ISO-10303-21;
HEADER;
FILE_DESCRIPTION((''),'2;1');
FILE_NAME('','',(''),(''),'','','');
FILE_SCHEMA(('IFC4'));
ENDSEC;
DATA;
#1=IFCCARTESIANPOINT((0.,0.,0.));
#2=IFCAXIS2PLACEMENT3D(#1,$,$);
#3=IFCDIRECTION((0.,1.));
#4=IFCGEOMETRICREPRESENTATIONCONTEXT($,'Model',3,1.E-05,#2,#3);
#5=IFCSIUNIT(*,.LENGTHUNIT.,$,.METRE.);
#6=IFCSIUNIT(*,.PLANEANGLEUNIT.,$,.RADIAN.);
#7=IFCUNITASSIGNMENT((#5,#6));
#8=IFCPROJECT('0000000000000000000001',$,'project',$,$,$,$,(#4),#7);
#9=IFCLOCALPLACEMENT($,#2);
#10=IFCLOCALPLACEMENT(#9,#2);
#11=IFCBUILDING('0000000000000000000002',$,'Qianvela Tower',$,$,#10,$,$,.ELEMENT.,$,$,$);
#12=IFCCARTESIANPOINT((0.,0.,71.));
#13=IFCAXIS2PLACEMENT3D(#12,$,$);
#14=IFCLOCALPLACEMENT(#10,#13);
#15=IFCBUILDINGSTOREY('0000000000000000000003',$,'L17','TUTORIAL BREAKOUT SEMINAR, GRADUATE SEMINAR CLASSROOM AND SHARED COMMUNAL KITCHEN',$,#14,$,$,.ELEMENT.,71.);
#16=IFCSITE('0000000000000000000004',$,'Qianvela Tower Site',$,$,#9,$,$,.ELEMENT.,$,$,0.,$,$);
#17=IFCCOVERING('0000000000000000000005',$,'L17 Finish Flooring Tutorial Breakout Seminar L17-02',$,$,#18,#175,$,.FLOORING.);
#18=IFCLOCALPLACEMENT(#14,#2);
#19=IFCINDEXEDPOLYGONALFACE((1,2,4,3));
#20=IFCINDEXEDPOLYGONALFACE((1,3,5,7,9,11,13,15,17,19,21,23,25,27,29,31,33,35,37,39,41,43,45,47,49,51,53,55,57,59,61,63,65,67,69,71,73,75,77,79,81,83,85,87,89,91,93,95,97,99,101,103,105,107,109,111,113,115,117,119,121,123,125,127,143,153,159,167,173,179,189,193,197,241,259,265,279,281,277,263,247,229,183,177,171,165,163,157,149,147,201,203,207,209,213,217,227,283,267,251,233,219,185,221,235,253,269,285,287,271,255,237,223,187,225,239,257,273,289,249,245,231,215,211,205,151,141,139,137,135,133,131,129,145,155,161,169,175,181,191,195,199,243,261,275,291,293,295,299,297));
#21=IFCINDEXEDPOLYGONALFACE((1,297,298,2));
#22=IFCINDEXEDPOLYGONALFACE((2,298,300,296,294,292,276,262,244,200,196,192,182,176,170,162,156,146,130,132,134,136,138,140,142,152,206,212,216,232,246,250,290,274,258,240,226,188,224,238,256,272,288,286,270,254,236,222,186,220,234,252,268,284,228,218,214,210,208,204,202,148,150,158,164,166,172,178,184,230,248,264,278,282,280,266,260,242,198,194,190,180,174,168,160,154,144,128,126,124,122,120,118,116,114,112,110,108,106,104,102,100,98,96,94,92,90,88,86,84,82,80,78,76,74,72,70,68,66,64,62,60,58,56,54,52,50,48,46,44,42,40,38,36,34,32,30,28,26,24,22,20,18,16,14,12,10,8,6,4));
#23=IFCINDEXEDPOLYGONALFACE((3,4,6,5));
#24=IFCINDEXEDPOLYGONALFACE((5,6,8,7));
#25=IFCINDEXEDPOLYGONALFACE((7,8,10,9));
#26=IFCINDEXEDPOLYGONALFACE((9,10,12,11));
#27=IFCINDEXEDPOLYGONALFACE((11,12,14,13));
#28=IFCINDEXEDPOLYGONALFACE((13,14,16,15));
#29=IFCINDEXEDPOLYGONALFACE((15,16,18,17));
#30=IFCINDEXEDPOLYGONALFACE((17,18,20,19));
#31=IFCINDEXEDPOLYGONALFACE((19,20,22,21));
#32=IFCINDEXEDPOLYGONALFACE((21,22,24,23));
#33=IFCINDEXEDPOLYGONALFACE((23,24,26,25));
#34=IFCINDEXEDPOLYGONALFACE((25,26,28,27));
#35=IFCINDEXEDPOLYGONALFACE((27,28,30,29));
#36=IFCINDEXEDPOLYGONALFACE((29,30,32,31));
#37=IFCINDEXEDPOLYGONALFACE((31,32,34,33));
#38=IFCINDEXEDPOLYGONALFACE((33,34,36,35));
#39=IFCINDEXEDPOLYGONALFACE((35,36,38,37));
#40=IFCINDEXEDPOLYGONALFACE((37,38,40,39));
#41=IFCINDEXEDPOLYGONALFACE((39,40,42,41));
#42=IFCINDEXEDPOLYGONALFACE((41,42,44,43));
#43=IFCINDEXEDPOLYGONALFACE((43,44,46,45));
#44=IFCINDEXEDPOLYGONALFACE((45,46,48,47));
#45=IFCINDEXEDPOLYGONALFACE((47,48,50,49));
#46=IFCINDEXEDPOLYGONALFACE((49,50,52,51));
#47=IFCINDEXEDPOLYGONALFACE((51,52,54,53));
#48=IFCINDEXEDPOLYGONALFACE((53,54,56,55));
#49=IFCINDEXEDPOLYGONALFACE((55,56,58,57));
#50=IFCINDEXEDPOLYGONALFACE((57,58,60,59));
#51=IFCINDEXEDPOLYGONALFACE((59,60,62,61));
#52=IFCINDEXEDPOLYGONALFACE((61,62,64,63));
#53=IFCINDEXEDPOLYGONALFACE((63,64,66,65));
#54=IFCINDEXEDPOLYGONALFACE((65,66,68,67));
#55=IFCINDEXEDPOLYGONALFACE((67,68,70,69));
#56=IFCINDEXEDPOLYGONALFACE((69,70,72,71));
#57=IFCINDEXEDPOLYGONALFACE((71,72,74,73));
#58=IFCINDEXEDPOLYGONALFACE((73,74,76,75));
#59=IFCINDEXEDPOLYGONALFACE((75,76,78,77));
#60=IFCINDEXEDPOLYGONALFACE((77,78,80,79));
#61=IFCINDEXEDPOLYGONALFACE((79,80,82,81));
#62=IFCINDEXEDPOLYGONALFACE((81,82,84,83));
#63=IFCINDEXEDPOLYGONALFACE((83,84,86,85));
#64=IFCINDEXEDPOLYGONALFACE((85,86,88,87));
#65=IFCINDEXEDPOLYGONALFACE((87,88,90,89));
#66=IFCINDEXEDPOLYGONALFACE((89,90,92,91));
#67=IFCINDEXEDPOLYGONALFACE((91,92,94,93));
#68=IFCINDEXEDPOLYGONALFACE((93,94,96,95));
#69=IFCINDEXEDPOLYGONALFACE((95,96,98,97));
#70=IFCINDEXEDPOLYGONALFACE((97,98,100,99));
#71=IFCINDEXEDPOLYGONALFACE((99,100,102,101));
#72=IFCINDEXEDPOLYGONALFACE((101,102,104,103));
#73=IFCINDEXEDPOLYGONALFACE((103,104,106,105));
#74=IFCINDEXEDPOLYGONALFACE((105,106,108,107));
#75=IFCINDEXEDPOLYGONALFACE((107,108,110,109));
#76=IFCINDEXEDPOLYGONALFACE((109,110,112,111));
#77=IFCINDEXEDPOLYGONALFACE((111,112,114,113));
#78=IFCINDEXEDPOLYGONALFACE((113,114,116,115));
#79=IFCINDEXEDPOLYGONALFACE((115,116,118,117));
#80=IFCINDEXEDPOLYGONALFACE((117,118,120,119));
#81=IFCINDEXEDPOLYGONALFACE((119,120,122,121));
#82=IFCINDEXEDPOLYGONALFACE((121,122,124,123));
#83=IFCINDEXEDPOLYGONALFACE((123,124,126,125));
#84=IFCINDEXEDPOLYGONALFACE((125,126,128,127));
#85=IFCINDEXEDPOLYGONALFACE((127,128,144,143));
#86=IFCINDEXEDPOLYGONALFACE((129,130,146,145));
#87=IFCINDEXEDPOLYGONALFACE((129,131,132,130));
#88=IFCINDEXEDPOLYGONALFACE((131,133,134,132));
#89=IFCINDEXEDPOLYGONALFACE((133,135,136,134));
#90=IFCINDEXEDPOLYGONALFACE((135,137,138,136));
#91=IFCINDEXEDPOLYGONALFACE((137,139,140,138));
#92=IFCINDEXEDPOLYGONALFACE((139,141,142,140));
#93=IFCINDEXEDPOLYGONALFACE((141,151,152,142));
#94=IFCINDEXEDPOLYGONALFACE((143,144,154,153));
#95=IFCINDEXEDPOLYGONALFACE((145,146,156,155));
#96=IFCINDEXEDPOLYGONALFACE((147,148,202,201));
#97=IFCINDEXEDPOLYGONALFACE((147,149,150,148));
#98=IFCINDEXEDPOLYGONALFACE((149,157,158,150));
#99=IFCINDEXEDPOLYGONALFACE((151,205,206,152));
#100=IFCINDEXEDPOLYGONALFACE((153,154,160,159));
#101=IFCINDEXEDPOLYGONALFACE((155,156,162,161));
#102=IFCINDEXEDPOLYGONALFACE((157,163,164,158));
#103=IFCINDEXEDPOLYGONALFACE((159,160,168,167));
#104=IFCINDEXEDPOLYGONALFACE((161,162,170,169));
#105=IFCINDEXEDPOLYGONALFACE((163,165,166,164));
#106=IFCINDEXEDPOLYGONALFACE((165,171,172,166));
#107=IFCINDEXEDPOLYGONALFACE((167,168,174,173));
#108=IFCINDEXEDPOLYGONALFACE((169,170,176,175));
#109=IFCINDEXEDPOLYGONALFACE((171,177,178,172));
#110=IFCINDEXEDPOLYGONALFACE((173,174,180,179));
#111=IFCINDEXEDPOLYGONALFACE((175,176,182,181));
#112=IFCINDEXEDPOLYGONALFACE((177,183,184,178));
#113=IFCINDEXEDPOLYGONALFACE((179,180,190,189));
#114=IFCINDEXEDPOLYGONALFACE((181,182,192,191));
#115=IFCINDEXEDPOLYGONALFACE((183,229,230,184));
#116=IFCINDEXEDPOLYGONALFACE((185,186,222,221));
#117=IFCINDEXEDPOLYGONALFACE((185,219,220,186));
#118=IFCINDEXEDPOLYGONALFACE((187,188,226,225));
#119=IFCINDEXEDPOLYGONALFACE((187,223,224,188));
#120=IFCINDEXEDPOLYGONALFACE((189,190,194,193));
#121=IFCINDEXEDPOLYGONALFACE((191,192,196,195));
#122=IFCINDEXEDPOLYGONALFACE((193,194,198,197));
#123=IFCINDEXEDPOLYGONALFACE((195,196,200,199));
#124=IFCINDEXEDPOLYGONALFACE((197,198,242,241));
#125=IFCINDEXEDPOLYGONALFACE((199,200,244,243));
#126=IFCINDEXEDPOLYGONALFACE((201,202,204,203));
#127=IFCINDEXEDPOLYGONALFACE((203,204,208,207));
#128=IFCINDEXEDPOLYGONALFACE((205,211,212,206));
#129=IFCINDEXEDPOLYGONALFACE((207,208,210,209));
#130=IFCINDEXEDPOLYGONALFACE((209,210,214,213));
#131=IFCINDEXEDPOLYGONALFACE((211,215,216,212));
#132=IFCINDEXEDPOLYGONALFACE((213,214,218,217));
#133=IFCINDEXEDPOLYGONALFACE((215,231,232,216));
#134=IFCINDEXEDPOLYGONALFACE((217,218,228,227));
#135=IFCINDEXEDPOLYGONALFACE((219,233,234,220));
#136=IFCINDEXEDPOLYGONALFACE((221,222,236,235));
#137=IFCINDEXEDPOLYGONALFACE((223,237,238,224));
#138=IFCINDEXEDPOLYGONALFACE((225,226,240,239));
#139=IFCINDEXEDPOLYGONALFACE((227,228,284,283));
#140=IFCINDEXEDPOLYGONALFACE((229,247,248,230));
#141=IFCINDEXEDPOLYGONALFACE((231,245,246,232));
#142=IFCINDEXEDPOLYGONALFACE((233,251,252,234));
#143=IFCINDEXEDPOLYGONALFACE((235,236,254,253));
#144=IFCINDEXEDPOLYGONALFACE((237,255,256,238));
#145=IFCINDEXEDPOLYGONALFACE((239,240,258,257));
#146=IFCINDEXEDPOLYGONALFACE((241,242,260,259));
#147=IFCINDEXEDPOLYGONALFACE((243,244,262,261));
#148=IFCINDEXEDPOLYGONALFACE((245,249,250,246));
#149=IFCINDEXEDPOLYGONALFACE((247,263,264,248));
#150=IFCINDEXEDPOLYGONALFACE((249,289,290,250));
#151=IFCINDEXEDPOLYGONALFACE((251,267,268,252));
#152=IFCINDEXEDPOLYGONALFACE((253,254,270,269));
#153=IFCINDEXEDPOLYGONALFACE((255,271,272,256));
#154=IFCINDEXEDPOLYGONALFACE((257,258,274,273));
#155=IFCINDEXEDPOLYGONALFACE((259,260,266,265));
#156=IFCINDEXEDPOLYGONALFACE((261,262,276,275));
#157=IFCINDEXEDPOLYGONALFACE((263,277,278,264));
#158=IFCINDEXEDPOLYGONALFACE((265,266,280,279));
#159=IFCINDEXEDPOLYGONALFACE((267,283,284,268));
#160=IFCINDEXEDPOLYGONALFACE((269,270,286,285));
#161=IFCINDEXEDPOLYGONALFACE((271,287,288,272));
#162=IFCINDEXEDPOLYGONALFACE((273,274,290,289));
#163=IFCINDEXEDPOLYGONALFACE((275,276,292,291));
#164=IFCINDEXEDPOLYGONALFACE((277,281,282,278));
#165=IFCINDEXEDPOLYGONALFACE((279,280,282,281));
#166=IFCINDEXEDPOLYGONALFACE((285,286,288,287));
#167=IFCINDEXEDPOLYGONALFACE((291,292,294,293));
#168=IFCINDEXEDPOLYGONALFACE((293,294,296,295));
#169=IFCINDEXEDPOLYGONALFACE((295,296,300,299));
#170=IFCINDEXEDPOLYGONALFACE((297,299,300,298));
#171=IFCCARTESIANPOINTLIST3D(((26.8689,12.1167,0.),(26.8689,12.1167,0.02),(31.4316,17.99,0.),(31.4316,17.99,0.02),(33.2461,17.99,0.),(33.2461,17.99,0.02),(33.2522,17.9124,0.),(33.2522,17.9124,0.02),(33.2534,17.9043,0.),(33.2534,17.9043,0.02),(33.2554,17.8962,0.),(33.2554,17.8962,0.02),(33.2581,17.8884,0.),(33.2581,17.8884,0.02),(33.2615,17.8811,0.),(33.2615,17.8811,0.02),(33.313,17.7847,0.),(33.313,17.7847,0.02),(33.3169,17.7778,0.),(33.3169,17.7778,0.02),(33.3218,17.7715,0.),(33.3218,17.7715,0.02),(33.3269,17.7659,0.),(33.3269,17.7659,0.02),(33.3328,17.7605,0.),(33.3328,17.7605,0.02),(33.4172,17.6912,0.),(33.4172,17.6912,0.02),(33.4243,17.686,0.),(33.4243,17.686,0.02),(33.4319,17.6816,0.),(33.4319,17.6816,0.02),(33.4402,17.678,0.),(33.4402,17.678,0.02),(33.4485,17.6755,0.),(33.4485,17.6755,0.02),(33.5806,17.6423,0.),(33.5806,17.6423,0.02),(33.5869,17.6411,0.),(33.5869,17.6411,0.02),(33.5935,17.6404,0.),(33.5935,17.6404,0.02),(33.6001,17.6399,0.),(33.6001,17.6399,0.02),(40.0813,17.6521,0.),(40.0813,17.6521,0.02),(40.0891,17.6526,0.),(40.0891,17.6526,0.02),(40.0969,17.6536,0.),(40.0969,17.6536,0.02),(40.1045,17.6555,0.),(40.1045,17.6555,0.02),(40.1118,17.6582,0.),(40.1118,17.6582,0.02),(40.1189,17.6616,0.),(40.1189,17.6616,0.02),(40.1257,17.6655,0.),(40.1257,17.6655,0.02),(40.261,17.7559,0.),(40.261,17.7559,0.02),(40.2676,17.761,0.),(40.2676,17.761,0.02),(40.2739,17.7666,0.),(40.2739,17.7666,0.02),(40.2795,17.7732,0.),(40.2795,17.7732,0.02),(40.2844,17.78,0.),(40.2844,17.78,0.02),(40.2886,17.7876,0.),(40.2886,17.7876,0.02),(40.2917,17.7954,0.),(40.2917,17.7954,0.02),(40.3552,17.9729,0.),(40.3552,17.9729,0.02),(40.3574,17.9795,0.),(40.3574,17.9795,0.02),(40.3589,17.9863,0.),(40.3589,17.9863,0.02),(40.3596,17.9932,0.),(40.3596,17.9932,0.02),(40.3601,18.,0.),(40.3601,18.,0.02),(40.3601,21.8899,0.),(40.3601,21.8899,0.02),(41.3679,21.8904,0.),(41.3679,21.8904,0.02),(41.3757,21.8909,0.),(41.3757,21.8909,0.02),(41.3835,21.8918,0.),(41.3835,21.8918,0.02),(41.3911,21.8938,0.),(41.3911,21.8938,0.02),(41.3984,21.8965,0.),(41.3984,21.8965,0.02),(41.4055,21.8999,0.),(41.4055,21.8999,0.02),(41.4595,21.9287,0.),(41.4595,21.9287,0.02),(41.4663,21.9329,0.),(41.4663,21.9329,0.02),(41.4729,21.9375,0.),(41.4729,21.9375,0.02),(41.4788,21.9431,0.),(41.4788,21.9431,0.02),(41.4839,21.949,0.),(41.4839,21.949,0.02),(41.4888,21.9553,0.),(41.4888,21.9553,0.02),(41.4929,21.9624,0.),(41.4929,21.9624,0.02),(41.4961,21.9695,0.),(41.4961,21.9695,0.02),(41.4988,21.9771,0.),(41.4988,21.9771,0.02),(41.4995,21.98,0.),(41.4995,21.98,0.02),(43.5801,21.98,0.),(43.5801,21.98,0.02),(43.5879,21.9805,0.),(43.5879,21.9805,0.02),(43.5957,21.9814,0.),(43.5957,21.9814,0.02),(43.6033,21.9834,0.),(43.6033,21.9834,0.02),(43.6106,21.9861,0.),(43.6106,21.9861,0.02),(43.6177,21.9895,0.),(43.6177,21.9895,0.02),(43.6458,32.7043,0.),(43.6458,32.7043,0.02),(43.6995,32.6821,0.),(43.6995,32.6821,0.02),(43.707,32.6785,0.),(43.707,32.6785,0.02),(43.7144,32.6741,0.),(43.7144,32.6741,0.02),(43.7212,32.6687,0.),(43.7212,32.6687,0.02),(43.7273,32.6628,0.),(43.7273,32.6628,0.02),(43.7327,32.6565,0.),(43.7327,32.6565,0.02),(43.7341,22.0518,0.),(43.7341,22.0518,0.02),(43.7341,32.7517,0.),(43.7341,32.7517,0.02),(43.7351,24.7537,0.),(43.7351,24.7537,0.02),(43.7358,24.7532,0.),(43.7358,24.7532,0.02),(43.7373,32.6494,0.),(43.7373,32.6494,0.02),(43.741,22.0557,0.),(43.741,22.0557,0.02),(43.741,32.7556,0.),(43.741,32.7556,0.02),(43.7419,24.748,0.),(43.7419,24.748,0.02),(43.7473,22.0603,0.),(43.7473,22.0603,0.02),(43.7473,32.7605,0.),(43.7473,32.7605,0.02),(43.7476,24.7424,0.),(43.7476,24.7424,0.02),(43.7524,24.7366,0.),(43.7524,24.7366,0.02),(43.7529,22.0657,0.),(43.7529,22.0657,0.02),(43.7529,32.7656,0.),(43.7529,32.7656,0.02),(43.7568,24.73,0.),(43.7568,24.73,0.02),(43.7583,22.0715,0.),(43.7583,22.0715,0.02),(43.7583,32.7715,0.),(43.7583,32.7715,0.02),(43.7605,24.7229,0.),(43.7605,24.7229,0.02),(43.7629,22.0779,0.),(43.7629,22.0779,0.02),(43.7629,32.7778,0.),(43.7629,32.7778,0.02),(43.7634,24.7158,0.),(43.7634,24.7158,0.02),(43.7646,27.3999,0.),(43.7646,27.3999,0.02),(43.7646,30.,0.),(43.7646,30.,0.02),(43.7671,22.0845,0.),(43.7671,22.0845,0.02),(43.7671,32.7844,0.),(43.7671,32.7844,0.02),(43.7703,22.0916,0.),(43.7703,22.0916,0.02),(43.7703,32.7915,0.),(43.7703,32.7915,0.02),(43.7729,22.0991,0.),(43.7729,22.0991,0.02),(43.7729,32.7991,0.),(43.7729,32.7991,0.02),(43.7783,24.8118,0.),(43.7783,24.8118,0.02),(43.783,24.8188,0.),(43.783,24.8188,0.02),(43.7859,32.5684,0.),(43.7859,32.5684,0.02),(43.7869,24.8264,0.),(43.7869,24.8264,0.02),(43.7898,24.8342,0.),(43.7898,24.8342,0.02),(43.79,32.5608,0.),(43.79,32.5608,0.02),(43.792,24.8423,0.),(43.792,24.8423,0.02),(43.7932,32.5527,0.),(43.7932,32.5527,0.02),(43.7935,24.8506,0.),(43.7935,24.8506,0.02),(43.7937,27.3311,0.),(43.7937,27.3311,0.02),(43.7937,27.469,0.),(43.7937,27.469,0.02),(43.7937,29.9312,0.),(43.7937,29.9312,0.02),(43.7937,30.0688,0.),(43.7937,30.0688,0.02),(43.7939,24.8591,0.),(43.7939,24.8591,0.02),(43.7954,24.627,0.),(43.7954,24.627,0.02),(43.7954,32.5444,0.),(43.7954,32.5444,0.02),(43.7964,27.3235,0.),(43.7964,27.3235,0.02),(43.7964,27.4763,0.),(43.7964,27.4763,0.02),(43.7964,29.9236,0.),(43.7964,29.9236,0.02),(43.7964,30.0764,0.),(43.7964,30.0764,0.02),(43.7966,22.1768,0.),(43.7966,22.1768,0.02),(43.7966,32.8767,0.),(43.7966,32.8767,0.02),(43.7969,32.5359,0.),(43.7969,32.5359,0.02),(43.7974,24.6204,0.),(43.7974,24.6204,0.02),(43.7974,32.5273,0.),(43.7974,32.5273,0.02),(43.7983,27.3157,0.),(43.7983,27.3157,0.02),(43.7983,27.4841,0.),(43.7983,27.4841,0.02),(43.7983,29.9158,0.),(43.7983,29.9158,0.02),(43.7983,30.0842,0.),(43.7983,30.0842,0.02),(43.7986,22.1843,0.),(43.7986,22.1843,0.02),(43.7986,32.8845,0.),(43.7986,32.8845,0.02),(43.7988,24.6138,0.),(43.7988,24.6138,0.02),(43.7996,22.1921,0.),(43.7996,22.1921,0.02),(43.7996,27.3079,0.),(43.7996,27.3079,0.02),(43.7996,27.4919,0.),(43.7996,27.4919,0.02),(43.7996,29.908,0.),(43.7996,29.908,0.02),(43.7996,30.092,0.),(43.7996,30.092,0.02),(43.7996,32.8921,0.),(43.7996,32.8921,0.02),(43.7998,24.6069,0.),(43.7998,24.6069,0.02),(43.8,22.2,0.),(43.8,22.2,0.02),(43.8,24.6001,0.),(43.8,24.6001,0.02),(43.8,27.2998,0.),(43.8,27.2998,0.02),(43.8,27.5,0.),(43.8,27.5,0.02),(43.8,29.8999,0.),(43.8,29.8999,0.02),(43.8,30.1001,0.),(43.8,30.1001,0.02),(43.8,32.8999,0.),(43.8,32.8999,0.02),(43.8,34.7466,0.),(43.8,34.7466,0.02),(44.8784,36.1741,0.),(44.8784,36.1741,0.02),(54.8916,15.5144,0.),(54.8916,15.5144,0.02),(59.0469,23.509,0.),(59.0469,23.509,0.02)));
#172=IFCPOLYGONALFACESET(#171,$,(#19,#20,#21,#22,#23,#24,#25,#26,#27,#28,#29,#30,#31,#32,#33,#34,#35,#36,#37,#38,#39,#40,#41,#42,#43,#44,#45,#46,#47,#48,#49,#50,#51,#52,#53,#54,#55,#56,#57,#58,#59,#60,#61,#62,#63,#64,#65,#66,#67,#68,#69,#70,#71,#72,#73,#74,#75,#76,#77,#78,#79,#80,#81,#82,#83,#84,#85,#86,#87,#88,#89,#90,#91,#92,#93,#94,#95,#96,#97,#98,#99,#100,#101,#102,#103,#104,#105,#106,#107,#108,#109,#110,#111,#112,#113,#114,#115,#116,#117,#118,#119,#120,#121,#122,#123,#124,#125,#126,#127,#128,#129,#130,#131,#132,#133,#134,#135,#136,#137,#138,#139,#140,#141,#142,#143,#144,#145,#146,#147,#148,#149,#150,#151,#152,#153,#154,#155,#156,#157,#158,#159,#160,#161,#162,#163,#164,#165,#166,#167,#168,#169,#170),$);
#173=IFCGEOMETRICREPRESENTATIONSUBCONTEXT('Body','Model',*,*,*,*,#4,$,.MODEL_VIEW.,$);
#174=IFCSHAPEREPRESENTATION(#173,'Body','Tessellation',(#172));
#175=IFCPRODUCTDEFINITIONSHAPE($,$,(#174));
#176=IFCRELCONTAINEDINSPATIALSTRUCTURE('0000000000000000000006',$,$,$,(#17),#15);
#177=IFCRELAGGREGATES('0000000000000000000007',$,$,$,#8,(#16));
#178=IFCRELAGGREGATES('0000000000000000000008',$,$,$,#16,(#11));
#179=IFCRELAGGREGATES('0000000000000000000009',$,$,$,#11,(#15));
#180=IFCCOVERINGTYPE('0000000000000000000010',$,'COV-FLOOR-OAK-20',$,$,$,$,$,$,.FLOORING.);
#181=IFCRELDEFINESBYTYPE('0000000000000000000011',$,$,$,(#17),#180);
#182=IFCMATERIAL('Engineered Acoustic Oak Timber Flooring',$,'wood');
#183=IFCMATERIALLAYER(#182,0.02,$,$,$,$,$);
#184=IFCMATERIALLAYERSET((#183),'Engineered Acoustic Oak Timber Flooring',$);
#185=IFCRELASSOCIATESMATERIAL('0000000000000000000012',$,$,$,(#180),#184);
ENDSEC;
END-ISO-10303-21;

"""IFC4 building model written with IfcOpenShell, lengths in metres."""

from ifc_helpers import new_model, si_unit, direction, frame, origin, place, context, subcontext, project, spatial, polyline, outline, extrude, material, layer, layer_set, type_object, element, save


model = new_model("IFC4")

# Units and contexts
model_context = context("Model", 3, precision=1e-05, world=origin(), true_north=direction((0.0, 1.0)))
body_context = subcontext(model_context, "Body", "Model", "MODEL_VIEW")
ifc_project = project(units=[si_unit("LENGTHUNIT", "METRE"), si_unit("PLANEANGLEUNIT", "RADIAN")], contexts=[model_context])

# Site, building, storey
site_placement = place(None, origin())
site = spatial("IfcSite", under=ifc_project, at=site_placement, Name="Qianvela Tower Site", CompositionType="ELEMENT", RefElevation=0.0)
building_placement = place(site_placement, origin())
building = spatial("IfcBuilding", under=site, at=building_placement, Name="Qianvela Tower", CompositionType="ELEMENT")
storey_placement = place(building_placement, frame((0.0, 0.0, 71.0)))
storey = spatial("IfcBuildingStorey", under=building, at=storey_placement, Name="L17", Description="TUTORIAL BREAKOUT SEMINAR, GRADUATE SEMINAR CLASSROOM AND SHARED COMMUNAL KITCHEN", CompositionType="ELEMENT", Elevation=71.0)

# Covering
ifc_material_1 = material(Name="Engineered Acoustic Oak Timber Flooring", Category="wood")
ifc_layer_1 = layer(ifc_material_1, 0.02)
ifc_layer_set_1 = layer_set([ifc_layer_1], Name="Engineered Acoustic Oak Timber Flooring")
covering_type_1 = type_object("IfcCoveringType", Name="COV-FLOOR-OAK-20", PredefinedType="FLOORING", material=ifc_layer_set_1)
covering_1_placement = place(storey_placement, origin())
element("IfcCovering", 1, at=covering_1_placement, inside=storey, type_object=covering_type_1, Name="L17 Finish Flooring Tutorial Breakout Seminar L17-02", PredefinedType="FLOORING", context=body_context, shape_type="SweptSolid", body=[
    extrude(outline(polyline([(33.2461, 17.99), (33.2522, 17.9124), (33.2534, 17.9043), (33.2554, 17.8962), (33.2581, 17.8884), (33.2615, 17.8811), (33.313, 17.7847), (33.3169, 17.7778), (33.3218, 17.7715), (33.3269, 17.7659), (33.3328, 17.7605), (33.4172, 17.6912), (33.4243, 17.686), (33.4319, 17.6816), (33.4402, 17.678), (33.4485, 17.6755), (33.5806, 17.6423), (33.5869, 17.6411), (33.5935, 17.6404), (33.6001, 17.6399), (40.0813, 17.6521), (40.0891, 17.6526), (40.0969, 17.6536), (40.1045, 17.6555), (40.1118, 17.6582), (40.1189, 17.6616), (40.1257, 17.6655), (40.261, 17.7559), (40.2676, 17.761), (40.2739, 17.7666), (40.2795, 17.7732), (40.2844, 17.78), (40.2886, 17.7876), (40.2917, 17.7954), (40.3552, 17.9729), (40.3574, 17.9795), (40.3589, 17.9863), (40.3596, 17.9932), (40.3601, 18.0), (40.3601, 21.8899), (41.3679, 21.8904), (41.3757, 21.8909), (41.3835, 21.8918), (41.3911, 21.8938), (41.3984, 21.8965), (41.4055, 21.8999), (41.4595, 21.9287), (41.4663, 21.9329), (41.4729, 21.9375), (41.4788, 21.9431), (41.4839, 21.949), (41.4888, 21.9553), (41.4929, 21.9624), (41.4961, 21.9695), (41.4988, 21.9771), (41.4995, 21.98), (43.5801, 21.98), (43.5879, 21.9805), (43.5957, 21.9814), (43.6033, 21.9834), (43.6106, 21.9861), (43.6177, 21.9895), (43.7341, 22.0518), (43.741, 22.0557), (43.7473, 22.0603), (43.7529, 22.0657), (43.7583, 22.0715), (43.7629, 22.0779), (43.7671, 22.0845), (43.7703, 22.0916), (43.7729, 22.0991), (43.7966, 22.1768), (43.7986, 22.1843), (43.7996, 22.1921), (43.8, 22.2), (43.8, 24.6001), (43.7998, 24.6069), (43.7988, 24.6138), (43.7974, 24.6204), (43.7954, 24.627), (43.7634, 24.7158), (43.7605, 24.7229), (43.7568, 24.73), (43.7524, 24.7366), (43.7476, 24.7424), (43.7419, 24.748), (43.7358, 24.7532), (43.7351, 24.7537), (43.7783, 24.8118), (43.783, 24.8188), (43.7869, 24.8264), (43.7898, 24.8342), (43.792, 24.8423), (43.7935, 24.8506), (43.7939, 24.8591), (43.8, 27.2998), (43.7996, 27.3079), (43.7983, 27.3157), (43.7964, 27.3235), (43.7937, 27.3311), (43.7646, 27.3999), (43.7937, 27.469), (43.7964, 27.4763), (43.7983, 27.4841), (43.7996, 27.4919), (43.8, 27.5), (43.8, 29.8999), (43.7996, 29.908), (43.7983, 29.9158), (43.7964, 29.9236), (43.7937, 29.9312), (43.7646, 30.0), (43.7937, 30.0688), (43.7964, 30.0764), (43.7983, 30.0842), (43.7996, 30.092), (43.8, 30.1001), (43.7974, 32.5273), (43.7969, 32.5359), (43.7954, 32.5444), (43.7932, 32.5527), (43.79, 32.5608), (43.7859, 32.5684), (43.7373, 32.6494), (43.7327, 32.6565), (43.7273, 32.6628), (43.7212, 32.6687), (43.7144, 32.6741), (43.707, 32.6785), (43.6995, 32.6821), (43.6458, 32.7043), (43.7341, 32.7517), (43.741, 32.7556), (43.7473, 32.7605), (43.7529, 32.7656), (43.7583, 32.7715), (43.7629, 32.7778), (43.7671, 32.7844), (43.7703, 32.7915), (43.7729, 32.7991), (43.7966, 32.8767), (43.7986, 32.8845), (43.7996, 32.8921), (43.8, 32.8999), (43.8, 34.7466), (44.8784, 36.1741), (59.0469, 23.509), (54.8916, 15.5144), (26.8689, 12.1167), (31.4316, 17.99), (33.2461, 17.99)])), origin(), (0.0, 0.0, 1.0), 0.02),
])

save(model, "model.ifc")
